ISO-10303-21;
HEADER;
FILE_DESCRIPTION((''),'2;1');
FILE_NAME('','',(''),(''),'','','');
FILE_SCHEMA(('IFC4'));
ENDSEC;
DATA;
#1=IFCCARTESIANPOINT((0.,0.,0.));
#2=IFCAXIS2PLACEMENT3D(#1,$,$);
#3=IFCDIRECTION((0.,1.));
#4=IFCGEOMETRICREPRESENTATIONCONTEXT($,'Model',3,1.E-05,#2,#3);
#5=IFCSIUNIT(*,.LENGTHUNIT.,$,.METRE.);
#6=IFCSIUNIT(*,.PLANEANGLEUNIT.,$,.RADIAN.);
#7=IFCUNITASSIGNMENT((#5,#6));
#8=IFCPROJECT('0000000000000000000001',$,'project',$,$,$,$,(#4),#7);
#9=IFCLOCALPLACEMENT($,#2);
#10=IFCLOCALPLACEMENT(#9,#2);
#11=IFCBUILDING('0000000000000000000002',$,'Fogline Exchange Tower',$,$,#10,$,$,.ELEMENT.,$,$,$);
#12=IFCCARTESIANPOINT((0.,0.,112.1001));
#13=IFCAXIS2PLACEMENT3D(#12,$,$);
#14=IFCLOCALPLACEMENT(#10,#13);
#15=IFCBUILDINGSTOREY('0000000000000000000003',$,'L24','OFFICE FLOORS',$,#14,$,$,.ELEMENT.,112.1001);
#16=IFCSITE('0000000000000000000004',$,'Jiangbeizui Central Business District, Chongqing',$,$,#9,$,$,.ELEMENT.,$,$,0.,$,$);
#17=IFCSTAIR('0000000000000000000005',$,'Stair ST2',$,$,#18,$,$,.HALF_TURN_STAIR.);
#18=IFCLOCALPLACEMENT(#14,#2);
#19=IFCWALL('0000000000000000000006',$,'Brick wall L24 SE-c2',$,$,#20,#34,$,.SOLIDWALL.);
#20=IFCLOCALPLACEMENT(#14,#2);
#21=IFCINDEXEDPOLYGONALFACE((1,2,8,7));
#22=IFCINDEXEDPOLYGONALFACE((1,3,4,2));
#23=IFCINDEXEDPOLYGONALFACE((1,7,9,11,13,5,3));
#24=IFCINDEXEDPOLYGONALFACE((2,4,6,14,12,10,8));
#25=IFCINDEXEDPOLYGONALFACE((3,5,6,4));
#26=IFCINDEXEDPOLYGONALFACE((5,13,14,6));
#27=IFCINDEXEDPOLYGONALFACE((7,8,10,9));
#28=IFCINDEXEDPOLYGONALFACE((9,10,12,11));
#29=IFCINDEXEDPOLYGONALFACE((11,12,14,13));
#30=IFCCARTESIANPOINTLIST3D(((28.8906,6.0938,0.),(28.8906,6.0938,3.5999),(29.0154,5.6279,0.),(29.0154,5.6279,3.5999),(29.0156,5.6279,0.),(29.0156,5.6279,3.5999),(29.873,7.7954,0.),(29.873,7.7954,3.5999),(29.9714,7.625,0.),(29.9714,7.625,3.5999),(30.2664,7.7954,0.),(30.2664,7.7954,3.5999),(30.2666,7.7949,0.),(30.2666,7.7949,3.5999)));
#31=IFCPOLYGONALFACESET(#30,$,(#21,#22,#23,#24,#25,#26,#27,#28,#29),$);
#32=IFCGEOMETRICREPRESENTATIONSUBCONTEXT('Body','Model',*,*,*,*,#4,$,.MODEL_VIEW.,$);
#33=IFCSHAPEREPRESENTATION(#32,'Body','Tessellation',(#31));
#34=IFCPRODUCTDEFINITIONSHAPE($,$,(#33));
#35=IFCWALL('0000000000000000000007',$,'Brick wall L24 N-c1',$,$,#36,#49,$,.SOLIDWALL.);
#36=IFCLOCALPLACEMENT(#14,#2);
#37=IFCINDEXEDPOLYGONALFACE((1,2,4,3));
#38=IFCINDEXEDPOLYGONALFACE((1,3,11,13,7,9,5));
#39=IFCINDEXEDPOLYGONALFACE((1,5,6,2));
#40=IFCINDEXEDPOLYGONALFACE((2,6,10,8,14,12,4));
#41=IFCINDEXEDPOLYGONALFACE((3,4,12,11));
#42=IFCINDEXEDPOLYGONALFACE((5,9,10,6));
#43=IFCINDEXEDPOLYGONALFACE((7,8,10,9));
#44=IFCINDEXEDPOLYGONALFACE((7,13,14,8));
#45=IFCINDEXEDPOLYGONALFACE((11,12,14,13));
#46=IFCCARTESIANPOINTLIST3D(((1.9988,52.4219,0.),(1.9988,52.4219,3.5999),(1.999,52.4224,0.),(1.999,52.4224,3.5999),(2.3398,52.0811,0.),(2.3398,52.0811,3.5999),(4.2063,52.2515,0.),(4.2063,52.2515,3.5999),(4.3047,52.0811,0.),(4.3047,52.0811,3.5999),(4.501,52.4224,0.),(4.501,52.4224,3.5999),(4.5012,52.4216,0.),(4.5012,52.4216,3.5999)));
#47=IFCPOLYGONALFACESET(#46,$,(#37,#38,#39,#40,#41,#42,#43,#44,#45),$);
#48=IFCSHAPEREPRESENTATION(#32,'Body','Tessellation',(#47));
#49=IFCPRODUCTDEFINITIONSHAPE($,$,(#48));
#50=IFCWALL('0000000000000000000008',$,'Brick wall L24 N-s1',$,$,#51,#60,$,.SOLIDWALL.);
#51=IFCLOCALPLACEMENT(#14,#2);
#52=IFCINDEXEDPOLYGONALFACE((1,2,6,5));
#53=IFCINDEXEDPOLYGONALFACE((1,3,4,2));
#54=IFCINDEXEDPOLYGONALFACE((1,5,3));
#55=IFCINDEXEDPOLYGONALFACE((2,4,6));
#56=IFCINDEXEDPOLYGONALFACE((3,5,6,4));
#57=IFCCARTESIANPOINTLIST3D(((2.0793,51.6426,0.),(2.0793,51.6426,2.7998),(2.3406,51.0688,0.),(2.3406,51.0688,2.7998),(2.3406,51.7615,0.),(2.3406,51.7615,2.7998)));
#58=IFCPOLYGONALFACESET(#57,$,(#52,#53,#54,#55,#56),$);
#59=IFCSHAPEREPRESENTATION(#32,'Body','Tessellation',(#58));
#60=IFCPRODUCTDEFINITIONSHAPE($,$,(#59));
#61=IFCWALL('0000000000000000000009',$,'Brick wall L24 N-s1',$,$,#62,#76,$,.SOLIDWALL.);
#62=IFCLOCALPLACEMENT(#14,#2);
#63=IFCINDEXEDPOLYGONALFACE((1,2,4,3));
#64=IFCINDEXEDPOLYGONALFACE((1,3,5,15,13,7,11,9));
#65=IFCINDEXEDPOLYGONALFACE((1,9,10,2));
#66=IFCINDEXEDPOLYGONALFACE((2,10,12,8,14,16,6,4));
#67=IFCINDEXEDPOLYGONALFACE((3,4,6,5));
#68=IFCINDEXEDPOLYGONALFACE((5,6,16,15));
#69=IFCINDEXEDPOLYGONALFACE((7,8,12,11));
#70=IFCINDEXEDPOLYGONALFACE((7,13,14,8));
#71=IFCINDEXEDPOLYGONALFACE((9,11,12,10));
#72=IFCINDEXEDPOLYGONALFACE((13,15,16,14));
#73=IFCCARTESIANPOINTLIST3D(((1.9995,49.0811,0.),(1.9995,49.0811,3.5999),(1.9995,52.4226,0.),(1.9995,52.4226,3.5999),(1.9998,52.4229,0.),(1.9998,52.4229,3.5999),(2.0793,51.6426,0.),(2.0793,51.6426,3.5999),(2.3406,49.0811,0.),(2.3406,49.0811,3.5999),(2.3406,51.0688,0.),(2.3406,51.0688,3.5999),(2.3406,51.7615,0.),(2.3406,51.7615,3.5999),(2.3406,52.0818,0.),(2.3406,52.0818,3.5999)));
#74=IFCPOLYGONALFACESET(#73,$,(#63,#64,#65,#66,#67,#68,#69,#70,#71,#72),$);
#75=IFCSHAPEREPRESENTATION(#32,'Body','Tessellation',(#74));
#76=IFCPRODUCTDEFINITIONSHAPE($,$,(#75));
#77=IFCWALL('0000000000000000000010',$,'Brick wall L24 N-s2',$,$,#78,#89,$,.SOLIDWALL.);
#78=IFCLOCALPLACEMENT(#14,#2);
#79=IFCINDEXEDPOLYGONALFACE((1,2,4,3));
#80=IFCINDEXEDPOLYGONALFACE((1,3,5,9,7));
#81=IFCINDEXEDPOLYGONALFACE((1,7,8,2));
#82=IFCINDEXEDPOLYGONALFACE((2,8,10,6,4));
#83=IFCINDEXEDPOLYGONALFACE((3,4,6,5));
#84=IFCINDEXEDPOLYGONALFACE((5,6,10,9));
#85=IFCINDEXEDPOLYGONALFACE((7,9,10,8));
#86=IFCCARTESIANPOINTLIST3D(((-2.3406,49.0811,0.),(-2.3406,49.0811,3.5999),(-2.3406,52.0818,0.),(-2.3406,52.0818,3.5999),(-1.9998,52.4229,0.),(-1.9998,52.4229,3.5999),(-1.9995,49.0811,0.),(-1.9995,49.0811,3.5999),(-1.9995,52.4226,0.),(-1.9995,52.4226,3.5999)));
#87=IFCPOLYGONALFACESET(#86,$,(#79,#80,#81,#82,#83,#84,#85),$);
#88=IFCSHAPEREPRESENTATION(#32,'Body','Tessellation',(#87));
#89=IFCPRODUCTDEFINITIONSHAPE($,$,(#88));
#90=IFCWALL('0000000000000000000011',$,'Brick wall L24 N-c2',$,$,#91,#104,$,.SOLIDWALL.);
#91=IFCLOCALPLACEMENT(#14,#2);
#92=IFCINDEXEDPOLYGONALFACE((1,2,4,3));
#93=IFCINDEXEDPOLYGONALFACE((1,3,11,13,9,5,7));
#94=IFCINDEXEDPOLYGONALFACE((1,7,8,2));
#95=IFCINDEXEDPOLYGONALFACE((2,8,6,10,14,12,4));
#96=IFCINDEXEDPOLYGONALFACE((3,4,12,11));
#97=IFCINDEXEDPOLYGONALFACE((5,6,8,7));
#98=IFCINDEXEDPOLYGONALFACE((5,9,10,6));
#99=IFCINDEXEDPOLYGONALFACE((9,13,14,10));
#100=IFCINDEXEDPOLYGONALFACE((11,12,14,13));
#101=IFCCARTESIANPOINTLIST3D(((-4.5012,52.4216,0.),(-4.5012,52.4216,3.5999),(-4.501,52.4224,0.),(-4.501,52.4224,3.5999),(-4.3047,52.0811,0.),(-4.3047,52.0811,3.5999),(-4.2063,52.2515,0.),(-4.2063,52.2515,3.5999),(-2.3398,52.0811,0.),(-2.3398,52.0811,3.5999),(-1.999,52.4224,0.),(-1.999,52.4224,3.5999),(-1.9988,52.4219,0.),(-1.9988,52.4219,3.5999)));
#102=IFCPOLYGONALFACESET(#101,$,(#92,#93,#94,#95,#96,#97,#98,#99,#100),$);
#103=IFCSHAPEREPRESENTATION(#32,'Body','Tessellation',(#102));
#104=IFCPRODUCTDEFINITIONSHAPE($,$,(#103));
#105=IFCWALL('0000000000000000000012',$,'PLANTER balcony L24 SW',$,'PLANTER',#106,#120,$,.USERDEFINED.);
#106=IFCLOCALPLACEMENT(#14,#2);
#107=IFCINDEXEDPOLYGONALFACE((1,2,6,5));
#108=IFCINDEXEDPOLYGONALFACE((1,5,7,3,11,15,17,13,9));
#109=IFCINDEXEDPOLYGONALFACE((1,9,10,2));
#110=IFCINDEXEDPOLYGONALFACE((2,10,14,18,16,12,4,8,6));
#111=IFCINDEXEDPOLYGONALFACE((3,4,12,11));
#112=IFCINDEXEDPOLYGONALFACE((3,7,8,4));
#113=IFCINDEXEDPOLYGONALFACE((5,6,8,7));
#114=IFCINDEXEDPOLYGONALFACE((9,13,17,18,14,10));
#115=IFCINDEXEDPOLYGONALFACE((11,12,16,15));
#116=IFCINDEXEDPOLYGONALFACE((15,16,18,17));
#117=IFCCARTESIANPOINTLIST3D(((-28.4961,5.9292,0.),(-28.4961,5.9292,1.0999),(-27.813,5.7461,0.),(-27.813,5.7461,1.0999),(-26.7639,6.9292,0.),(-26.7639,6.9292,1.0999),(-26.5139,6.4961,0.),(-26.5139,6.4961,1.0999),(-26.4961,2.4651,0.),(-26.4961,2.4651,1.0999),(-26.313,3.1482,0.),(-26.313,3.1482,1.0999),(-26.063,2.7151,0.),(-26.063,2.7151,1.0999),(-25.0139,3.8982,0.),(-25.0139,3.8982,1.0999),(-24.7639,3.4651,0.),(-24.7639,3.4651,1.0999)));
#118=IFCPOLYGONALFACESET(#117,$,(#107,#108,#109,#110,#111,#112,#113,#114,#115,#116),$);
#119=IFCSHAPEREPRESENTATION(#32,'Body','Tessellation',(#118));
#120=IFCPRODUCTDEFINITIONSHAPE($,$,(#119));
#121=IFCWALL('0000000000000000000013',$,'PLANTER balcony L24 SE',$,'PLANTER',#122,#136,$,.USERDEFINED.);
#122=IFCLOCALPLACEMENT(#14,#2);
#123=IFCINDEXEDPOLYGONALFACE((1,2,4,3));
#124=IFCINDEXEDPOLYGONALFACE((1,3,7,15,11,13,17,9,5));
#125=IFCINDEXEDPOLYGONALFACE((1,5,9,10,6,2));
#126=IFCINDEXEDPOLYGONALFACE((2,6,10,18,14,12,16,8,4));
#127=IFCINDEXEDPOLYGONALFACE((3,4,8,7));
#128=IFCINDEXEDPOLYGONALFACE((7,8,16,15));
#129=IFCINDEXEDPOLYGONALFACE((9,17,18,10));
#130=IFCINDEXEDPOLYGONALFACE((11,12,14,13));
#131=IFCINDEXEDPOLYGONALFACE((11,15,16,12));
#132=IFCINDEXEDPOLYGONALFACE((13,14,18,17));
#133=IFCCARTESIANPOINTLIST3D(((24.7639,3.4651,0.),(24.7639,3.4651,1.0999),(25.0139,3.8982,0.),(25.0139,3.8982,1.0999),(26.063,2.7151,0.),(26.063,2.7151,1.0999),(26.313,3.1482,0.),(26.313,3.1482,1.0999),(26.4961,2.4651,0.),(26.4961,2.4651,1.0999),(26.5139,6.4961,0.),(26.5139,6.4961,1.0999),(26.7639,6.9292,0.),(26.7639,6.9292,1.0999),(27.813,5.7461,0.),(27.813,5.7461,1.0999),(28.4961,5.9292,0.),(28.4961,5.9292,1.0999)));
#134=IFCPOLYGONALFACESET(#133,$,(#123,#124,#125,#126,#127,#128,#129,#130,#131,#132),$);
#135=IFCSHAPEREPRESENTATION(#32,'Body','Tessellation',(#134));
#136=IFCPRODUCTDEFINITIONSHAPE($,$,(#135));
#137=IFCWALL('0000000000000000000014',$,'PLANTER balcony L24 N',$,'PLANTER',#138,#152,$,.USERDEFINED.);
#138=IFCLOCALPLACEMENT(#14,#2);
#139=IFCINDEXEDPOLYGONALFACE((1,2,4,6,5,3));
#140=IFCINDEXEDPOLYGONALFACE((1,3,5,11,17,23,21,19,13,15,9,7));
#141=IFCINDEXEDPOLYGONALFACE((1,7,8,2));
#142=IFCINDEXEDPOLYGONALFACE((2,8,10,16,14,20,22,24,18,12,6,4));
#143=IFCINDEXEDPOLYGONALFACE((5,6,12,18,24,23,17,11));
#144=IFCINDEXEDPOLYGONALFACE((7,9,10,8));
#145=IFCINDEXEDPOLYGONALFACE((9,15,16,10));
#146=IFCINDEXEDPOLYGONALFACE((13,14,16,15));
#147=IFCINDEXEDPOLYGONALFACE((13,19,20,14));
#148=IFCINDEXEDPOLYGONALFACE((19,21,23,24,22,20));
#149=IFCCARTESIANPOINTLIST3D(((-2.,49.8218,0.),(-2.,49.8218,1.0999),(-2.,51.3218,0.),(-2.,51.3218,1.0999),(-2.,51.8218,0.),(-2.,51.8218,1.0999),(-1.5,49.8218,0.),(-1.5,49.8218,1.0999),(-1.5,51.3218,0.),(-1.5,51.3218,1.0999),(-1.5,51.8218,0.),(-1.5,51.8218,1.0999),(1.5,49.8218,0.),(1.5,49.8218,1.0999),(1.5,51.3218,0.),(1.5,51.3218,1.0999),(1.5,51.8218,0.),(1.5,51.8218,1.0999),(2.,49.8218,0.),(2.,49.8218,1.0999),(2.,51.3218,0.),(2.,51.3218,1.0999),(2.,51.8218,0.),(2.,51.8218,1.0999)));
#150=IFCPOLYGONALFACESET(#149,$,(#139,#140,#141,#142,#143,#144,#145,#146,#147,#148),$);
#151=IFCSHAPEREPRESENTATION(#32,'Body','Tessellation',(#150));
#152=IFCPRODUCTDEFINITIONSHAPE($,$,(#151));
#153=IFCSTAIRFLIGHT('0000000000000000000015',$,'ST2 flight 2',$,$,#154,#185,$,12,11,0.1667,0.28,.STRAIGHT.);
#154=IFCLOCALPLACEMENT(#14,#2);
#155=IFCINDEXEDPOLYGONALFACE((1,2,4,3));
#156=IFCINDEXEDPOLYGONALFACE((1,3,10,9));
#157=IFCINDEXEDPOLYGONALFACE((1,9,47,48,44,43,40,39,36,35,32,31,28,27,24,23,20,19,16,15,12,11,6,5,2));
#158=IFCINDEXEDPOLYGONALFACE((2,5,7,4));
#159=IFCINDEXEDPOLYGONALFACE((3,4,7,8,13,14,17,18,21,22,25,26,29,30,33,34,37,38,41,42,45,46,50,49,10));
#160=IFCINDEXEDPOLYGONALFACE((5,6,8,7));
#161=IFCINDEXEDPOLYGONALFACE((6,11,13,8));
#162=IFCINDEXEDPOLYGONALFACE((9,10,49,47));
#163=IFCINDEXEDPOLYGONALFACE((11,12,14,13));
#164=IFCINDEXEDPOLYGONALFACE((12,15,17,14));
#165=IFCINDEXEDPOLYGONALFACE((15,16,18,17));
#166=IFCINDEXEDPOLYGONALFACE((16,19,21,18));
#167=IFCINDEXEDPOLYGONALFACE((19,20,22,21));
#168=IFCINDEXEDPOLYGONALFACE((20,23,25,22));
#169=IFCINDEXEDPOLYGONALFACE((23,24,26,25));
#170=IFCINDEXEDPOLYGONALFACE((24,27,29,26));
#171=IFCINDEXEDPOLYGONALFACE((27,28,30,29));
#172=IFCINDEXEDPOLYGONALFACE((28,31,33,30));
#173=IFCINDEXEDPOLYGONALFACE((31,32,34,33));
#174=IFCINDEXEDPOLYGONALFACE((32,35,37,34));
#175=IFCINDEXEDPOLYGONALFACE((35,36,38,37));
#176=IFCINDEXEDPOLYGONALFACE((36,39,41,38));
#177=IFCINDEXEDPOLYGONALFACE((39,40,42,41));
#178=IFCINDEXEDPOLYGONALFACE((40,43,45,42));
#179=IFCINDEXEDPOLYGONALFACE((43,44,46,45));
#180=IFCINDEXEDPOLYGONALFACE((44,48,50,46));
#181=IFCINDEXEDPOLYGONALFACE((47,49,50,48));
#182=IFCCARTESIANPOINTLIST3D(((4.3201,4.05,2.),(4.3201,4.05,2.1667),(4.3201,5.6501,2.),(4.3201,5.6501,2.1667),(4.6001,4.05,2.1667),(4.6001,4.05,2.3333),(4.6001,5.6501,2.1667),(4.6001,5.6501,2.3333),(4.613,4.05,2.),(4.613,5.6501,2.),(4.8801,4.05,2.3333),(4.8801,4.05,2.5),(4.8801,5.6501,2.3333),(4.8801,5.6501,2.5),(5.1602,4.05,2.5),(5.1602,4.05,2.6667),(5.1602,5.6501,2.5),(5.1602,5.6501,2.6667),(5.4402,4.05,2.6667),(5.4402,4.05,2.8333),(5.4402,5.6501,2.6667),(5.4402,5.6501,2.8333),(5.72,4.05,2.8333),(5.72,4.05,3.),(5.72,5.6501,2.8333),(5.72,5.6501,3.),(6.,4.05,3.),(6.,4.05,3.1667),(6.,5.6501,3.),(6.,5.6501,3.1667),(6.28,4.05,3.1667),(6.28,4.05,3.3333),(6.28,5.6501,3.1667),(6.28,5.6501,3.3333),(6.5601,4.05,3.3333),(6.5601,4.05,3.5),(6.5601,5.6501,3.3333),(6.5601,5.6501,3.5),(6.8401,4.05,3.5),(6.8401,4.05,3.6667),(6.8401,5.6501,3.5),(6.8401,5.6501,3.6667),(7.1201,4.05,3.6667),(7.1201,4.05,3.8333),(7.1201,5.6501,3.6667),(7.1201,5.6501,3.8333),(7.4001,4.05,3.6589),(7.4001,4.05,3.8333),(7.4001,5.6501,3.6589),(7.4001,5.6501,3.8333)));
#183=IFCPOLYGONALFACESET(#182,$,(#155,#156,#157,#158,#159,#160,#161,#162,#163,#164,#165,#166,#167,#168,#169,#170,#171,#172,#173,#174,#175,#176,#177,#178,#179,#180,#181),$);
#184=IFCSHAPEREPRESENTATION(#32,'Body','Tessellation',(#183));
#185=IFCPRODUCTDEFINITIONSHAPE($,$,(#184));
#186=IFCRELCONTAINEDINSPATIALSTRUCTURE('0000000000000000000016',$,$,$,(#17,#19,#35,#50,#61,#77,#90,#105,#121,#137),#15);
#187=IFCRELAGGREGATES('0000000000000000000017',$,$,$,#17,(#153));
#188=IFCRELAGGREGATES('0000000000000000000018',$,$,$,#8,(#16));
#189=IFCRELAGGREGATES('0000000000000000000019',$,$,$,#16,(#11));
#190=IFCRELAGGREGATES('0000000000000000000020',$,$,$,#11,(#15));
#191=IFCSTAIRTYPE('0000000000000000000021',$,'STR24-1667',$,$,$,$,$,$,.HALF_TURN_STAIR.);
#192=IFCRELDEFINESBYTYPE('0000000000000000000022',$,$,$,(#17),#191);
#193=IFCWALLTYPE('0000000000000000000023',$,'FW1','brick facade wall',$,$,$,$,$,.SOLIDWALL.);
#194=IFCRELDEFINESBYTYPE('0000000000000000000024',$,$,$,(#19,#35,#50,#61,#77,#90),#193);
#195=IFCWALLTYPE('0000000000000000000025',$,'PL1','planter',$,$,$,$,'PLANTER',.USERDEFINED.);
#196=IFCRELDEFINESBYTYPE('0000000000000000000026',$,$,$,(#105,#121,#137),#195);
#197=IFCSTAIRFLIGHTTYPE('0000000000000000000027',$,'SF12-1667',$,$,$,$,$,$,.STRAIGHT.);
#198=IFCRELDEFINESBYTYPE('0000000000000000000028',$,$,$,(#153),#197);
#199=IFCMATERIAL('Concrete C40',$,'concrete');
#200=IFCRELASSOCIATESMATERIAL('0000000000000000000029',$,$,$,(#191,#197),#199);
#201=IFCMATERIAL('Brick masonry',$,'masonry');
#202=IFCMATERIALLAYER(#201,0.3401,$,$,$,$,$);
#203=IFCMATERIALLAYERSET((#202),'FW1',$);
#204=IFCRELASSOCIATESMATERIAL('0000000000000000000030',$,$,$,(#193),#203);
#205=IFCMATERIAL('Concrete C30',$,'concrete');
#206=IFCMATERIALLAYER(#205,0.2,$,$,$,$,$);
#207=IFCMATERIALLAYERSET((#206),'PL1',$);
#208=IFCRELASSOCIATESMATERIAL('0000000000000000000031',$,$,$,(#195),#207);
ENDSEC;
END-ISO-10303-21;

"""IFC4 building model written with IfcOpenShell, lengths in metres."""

from ifc_helpers import new_model, si_unit, direction, frame, origin, place, context, subcontext, project, spatial, polyline, outline, extrude, material, layer, layer_set, type_object, element, aggregate, save


model = new_model("IFC4")

# Units and contexts
model_context = context("Model", 3, precision=1e-05, world=origin(), true_north=direction((0.0, 1.0)))
body_context = subcontext(model_context, "Body", "Model", "MODEL_VIEW")
ifc_project = project(units=[si_unit("LENGTHUNIT", "METRE"), si_unit("PLANEANGLEUNIT", "RADIAN")], contexts=[model_context])

# Site, building, storey
site_placement = place(None, origin())
site = spatial("IfcSite", under=ifc_project, at=site_placement, Name="Jiangbeizui Central Business District, Chongqing", CompositionType="ELEMENT", RefElevation=0.0)
building_placement = place(site_placement, origin())
building = spatial("IfcBuilding", under=site, at=building_placement, Name="Fogline Exchange Tower", CompositionType="ELEMENT")
storey_placement = place(building_placement, frame((0.0, 0.0, 112.1001)))
storey = spatial("IfcBuildingStorey", under=building, at=storey_placement, Name="L24", Description="OFFICE FLOORS", CompositionType="ELEMENT", Elevation=112.1001)

# Shared definitions
ifc_material_1 = material(Name="Concrete C40", Category="concrete")

# Stair
stair_type = type_object("IfcStairType", Name="STR24-1667", PredefinedType="HALF_TURN_STAIR", material=ifc_material_1)
stair_1_placement = place(storey_placement, origin())
stair_1 = element("IfcStair", 1, at=stair_1_placement, inside=storey, type_object=stair_type, Name="Stair ST2", PredefinedType="HALF_TURN_STAIR")

# Walls
ifc_material_2 = material(Name="Brick masonry", Category="masonry")
ifc_layer_1 = layer(ifc_material_2, 0.3401)
ifc_layer_set_1 = layer_set([ifc_layer_1], Name="FW1")
wall_type_1 = type_object("IfcWallType", Name="FW1", Description="brick facade wall", PredefinedType="SOLIDWALL", material=ifc_layer_set_1)
wall_1_placement = place(storey_placement, origin())
element("IfcWall", 2, at=wall_1_placement, inside=storey, type_object=wall_type_1, Name="Brick wall L24 SE-c2", PredefinedType="SOLIDWALL", context=body_context, shape_type="SweptSolid", body=[
    extrude(outline(polyline([(29.873, 7.7954), (29.9714, 7.625), (30.2664, 7.7954), (30.2666, 7.7949), (29.0156, 5.6279), (29.0154, 5.6279), (28.8906, 6.0938), (29.873, 7.7954)])), origin(), (0.0, 0.0, 1.0), 3.5999),
])
wall_2_placement = place(storey_placement, origin())
element("IfcWall", 3, at=wall_2_placement, inside=storey, type_object=wall_type_1, Name="Brick wall L24 N-c1", PredefinedType="SOLIDWALL", context=body_context, shape_type="SweptSolid", body=[
    extrude(outline(polyline([(1.999, 52.4224), (4.501, 52.4224), (4.5012, 52.4216), (4.2063, 52.2515), (4.3047, 52.0811), (2.3398, 52.0811), (1.9988, 52.4219), (1.999, 52.4224)])), origin(), (0.0, 0.0, 1.0), 3.5999),
])
wall_3_placement = place(storey_placement, origin())
element("IfcWall", 4, at=wall_3_placement, inside=storey, type_object=wall_type_1, Name="Brick wall L24 N-s1", PredefinedType="SOLIDWALL", context=body_context, shape_type="SweptSolid", body=[
    extrude(outline(polyline([(2.3406, 51.0688), (2.0793, 51.6426), (2.3406, 51.7615), (2.3406, 51.0688)])), origin(), (0.0, 0.0, 1.0), 2.7998),
])
wall_4_placement = place(storey_placement, origin())
element("IfcWall", 5, at=wall_4_placement, inside=storey, type_object=wall_type_1, Name="Brick wall L24 N-s1", PredefinedType="SOLIDWALL", context=body_context, shape_type="SweptSolid", body=[
    extrude(outline(polyline([(1.9995, 49.0811), (1.9995, 52.4226), (1.9998, 52.4229), (2.3406, 52.0818), (2.3406, 51.7615), (2.0793, 51.6426), (2.3406, 51.0688), (2.3406, 49.0811), (1.9995, 49.0811)])), origin(), (0.0, 0.0, 1.0), 3.5999),
])
wall_5_placement = place(storey_placement, origin())
element("IfcWall", 6, at=wall_5_placement, inside=storey, type_object=wall_type_1, Name="Brick wall L24 N-s2", PredefinedType="SOLIDWALL", context=body_context, shape_type="SweptSolid", body=[
    extrude(outline(polyline([(-1.9995, 52.4226), (-1.9995, 49.0811), (-2.3406, 49.0811), (-2.3406, 52.0818), (-1.9998, 52.4229), (-1.9995, 52.4226)])), origin(), (0.0, 0.0, 1.0), 3.5999),
])
wall_6_placement = place(storey_placement, origin())
element("IfcWall", 7, at=wall_6_placement, inside=storey, type_object=wall_type_1, Name="Brick wall L24 N-c2", PredefinedType="SOLIDWALL", context=body_context, shape_type="SweptSolid", body=[
    extrude(outline(polyline([(-4.3047, 52.0811), (-4.2063, 52.2515), (-4.5012, 52.4216), (-4.501, 52.4224), (-1.999, 52.4224), (-1.9988, 52.4219), (-2.3398, 52.0811), (-4.3047, 52.0811)])), origin(), (0.0, 0.0, 1.0), 3.5999),
])
ifc_material_3 = material(Name="Concrete C30", Category="concrete")
ifc_layer_2 = layer(ifc_material_3, 0.2)
ifc_layer_set_2 = layer_set([ifc_layer_2], Name="PL1")
wall_type_2 = type_object("IfcWallType", Name="PL1", Description="planter", ElementType="PLANTER", PredefinedType="USERDEFINED", material=ifc_layer_set_2)
wall_7_placement = place(storey_placement, origin())
element("IfcWall", 8, at=wall_7_placement, inside=storey, type_object=wall_type_2, Name="PLANTER balcony L24 SW", ObjectType="PLANTER", PredefinedType="USERDEFINED", context=body_context, shape_type="SweptSolid", body=[
    extrude(outline(polyline([(-25.0139, 3.8982), (-26.313, 3.1482), (-27.813, 5.7461), (-26.5139, 6.4961), (-26.7639, 6.9292), (-28.4961, 5.9292), (-26.4961, 2.4651), (-26.063, 2.7151), (-26.063, 2.7151), (-24.7639, 3.4651), (-25.0139, 3.8982)])), origin(), (0.0, 0.0, 1.0), 1.0999),
])
wall_8_placement = place(storey_placement, origin())
element("IfcWall", 9, at=wall_8_placement, inside=storey, type_object=wall_type_2, Name="PLANTER balcony L24 SE", ObjectType="PLANTER", PredefinedType="USERDEFINED", context=body_context, shape_type="SweptSolid", body=[
    extrude(outline(polyline([(24.7639, 3.4651), (26.063, 2.7151), (26.063, 2.7151), (26.4961, 2.4651), (28.4961, 5.9292), (26.7639, 6.9292), (26.5139, 6.4961), (27.813, 5.7461), (26.313, 3.1482), (25.0139, 3.8982), (24.7639, 3.4651)])), origin(), (0.0, 0.0, 1.0), 1.0999),
])
wall_9_placement = place(storey_placement, origin())
element("IfcWall", 10, at=wall_9_placement, inside=storey, type_object=wall_type_2, Name="PLANTER balcony L24 N", ObjectType="PLANTER", PredefinedType="USERDEFINED", context=body_context, shape_type="SweptSolid", body=[
    extrude(outline(polyline([(-1.5, 51.8218), (-2.0, 51.8218), (-2.0, 51.3218), (-2.0, 49.8218), (-1.5, 49.8218), (-1.5, 51.3218), (1.5, 51.3218), (1.5, 49.8218), (2.0, 49.8218), (2.0, 51.3218), (2.0, 51.8218), (1.5, 51.8218), (-1.5, 51.8218)])), origin(), (0.0, 0.0, 1.0), 1.0999),
])

# Stair flight
stair_flight_type = type_object("IfcStairFlightType", Name="SF12-1667", PredefinedType="STRAIGHT", material=ifc_material_1)
stair_flight_placement = place(storey_placement, frame((4.3201, 4.8501, 2.0), z_axis=(0.0, 0.0, 1.0), x_axis=(1.0, 0.0, 0.0)))
stair_flight = element("IfcStairFlight", 11, at=stair_flight_placement, type_object=stair_flight_type, Name="ST2 flight 2", NumberOfRisers=12, NumberOfTreads=11, PredefinedType="STRAIGHT", RiserHeight=0.1667, TreadLength=0.28, context=body_context, shape_type="SweptSolid", body=[
    extrude(outline(polyline([(0.0, 0.0), (0.0, 0.1667), (0.28, 0.1667), (0.28, 0.3333), (0.5601, 0.3333), (0.5601, 0.5), (0.8401, 0.5), (0.8401, 0.6667), (1.1201, 0.6667), (1.1201, 0.8333), (1.3999, 0.8333), (1.3999, 1.0), (1.6799, 1.0), (1.6799, 1.1667), (1.96, 1.1667), (1.96, 1.3333), (2.24, 1.3333), (2.24, 1.5), (2.52, 1.5), (2.52, 1.6667), (2.8, 1.6667), (2.8, 1.8333), (3.0801, 1.8333), (3.0801, 2.0), (3.0801, 1.6589), (0.293, 0.0), (0.0, 0.0)])), frame((0.0, 0.8, 0.0), z_axis=(0.0, -1.0, 0.0), x_axis=(1.0, 0.0, 0.0)), (0.0, 0.0, 1.0), 1.6001),
])
aggregate(stair_1, [stair_flight])

save(model, "model.ifc")
